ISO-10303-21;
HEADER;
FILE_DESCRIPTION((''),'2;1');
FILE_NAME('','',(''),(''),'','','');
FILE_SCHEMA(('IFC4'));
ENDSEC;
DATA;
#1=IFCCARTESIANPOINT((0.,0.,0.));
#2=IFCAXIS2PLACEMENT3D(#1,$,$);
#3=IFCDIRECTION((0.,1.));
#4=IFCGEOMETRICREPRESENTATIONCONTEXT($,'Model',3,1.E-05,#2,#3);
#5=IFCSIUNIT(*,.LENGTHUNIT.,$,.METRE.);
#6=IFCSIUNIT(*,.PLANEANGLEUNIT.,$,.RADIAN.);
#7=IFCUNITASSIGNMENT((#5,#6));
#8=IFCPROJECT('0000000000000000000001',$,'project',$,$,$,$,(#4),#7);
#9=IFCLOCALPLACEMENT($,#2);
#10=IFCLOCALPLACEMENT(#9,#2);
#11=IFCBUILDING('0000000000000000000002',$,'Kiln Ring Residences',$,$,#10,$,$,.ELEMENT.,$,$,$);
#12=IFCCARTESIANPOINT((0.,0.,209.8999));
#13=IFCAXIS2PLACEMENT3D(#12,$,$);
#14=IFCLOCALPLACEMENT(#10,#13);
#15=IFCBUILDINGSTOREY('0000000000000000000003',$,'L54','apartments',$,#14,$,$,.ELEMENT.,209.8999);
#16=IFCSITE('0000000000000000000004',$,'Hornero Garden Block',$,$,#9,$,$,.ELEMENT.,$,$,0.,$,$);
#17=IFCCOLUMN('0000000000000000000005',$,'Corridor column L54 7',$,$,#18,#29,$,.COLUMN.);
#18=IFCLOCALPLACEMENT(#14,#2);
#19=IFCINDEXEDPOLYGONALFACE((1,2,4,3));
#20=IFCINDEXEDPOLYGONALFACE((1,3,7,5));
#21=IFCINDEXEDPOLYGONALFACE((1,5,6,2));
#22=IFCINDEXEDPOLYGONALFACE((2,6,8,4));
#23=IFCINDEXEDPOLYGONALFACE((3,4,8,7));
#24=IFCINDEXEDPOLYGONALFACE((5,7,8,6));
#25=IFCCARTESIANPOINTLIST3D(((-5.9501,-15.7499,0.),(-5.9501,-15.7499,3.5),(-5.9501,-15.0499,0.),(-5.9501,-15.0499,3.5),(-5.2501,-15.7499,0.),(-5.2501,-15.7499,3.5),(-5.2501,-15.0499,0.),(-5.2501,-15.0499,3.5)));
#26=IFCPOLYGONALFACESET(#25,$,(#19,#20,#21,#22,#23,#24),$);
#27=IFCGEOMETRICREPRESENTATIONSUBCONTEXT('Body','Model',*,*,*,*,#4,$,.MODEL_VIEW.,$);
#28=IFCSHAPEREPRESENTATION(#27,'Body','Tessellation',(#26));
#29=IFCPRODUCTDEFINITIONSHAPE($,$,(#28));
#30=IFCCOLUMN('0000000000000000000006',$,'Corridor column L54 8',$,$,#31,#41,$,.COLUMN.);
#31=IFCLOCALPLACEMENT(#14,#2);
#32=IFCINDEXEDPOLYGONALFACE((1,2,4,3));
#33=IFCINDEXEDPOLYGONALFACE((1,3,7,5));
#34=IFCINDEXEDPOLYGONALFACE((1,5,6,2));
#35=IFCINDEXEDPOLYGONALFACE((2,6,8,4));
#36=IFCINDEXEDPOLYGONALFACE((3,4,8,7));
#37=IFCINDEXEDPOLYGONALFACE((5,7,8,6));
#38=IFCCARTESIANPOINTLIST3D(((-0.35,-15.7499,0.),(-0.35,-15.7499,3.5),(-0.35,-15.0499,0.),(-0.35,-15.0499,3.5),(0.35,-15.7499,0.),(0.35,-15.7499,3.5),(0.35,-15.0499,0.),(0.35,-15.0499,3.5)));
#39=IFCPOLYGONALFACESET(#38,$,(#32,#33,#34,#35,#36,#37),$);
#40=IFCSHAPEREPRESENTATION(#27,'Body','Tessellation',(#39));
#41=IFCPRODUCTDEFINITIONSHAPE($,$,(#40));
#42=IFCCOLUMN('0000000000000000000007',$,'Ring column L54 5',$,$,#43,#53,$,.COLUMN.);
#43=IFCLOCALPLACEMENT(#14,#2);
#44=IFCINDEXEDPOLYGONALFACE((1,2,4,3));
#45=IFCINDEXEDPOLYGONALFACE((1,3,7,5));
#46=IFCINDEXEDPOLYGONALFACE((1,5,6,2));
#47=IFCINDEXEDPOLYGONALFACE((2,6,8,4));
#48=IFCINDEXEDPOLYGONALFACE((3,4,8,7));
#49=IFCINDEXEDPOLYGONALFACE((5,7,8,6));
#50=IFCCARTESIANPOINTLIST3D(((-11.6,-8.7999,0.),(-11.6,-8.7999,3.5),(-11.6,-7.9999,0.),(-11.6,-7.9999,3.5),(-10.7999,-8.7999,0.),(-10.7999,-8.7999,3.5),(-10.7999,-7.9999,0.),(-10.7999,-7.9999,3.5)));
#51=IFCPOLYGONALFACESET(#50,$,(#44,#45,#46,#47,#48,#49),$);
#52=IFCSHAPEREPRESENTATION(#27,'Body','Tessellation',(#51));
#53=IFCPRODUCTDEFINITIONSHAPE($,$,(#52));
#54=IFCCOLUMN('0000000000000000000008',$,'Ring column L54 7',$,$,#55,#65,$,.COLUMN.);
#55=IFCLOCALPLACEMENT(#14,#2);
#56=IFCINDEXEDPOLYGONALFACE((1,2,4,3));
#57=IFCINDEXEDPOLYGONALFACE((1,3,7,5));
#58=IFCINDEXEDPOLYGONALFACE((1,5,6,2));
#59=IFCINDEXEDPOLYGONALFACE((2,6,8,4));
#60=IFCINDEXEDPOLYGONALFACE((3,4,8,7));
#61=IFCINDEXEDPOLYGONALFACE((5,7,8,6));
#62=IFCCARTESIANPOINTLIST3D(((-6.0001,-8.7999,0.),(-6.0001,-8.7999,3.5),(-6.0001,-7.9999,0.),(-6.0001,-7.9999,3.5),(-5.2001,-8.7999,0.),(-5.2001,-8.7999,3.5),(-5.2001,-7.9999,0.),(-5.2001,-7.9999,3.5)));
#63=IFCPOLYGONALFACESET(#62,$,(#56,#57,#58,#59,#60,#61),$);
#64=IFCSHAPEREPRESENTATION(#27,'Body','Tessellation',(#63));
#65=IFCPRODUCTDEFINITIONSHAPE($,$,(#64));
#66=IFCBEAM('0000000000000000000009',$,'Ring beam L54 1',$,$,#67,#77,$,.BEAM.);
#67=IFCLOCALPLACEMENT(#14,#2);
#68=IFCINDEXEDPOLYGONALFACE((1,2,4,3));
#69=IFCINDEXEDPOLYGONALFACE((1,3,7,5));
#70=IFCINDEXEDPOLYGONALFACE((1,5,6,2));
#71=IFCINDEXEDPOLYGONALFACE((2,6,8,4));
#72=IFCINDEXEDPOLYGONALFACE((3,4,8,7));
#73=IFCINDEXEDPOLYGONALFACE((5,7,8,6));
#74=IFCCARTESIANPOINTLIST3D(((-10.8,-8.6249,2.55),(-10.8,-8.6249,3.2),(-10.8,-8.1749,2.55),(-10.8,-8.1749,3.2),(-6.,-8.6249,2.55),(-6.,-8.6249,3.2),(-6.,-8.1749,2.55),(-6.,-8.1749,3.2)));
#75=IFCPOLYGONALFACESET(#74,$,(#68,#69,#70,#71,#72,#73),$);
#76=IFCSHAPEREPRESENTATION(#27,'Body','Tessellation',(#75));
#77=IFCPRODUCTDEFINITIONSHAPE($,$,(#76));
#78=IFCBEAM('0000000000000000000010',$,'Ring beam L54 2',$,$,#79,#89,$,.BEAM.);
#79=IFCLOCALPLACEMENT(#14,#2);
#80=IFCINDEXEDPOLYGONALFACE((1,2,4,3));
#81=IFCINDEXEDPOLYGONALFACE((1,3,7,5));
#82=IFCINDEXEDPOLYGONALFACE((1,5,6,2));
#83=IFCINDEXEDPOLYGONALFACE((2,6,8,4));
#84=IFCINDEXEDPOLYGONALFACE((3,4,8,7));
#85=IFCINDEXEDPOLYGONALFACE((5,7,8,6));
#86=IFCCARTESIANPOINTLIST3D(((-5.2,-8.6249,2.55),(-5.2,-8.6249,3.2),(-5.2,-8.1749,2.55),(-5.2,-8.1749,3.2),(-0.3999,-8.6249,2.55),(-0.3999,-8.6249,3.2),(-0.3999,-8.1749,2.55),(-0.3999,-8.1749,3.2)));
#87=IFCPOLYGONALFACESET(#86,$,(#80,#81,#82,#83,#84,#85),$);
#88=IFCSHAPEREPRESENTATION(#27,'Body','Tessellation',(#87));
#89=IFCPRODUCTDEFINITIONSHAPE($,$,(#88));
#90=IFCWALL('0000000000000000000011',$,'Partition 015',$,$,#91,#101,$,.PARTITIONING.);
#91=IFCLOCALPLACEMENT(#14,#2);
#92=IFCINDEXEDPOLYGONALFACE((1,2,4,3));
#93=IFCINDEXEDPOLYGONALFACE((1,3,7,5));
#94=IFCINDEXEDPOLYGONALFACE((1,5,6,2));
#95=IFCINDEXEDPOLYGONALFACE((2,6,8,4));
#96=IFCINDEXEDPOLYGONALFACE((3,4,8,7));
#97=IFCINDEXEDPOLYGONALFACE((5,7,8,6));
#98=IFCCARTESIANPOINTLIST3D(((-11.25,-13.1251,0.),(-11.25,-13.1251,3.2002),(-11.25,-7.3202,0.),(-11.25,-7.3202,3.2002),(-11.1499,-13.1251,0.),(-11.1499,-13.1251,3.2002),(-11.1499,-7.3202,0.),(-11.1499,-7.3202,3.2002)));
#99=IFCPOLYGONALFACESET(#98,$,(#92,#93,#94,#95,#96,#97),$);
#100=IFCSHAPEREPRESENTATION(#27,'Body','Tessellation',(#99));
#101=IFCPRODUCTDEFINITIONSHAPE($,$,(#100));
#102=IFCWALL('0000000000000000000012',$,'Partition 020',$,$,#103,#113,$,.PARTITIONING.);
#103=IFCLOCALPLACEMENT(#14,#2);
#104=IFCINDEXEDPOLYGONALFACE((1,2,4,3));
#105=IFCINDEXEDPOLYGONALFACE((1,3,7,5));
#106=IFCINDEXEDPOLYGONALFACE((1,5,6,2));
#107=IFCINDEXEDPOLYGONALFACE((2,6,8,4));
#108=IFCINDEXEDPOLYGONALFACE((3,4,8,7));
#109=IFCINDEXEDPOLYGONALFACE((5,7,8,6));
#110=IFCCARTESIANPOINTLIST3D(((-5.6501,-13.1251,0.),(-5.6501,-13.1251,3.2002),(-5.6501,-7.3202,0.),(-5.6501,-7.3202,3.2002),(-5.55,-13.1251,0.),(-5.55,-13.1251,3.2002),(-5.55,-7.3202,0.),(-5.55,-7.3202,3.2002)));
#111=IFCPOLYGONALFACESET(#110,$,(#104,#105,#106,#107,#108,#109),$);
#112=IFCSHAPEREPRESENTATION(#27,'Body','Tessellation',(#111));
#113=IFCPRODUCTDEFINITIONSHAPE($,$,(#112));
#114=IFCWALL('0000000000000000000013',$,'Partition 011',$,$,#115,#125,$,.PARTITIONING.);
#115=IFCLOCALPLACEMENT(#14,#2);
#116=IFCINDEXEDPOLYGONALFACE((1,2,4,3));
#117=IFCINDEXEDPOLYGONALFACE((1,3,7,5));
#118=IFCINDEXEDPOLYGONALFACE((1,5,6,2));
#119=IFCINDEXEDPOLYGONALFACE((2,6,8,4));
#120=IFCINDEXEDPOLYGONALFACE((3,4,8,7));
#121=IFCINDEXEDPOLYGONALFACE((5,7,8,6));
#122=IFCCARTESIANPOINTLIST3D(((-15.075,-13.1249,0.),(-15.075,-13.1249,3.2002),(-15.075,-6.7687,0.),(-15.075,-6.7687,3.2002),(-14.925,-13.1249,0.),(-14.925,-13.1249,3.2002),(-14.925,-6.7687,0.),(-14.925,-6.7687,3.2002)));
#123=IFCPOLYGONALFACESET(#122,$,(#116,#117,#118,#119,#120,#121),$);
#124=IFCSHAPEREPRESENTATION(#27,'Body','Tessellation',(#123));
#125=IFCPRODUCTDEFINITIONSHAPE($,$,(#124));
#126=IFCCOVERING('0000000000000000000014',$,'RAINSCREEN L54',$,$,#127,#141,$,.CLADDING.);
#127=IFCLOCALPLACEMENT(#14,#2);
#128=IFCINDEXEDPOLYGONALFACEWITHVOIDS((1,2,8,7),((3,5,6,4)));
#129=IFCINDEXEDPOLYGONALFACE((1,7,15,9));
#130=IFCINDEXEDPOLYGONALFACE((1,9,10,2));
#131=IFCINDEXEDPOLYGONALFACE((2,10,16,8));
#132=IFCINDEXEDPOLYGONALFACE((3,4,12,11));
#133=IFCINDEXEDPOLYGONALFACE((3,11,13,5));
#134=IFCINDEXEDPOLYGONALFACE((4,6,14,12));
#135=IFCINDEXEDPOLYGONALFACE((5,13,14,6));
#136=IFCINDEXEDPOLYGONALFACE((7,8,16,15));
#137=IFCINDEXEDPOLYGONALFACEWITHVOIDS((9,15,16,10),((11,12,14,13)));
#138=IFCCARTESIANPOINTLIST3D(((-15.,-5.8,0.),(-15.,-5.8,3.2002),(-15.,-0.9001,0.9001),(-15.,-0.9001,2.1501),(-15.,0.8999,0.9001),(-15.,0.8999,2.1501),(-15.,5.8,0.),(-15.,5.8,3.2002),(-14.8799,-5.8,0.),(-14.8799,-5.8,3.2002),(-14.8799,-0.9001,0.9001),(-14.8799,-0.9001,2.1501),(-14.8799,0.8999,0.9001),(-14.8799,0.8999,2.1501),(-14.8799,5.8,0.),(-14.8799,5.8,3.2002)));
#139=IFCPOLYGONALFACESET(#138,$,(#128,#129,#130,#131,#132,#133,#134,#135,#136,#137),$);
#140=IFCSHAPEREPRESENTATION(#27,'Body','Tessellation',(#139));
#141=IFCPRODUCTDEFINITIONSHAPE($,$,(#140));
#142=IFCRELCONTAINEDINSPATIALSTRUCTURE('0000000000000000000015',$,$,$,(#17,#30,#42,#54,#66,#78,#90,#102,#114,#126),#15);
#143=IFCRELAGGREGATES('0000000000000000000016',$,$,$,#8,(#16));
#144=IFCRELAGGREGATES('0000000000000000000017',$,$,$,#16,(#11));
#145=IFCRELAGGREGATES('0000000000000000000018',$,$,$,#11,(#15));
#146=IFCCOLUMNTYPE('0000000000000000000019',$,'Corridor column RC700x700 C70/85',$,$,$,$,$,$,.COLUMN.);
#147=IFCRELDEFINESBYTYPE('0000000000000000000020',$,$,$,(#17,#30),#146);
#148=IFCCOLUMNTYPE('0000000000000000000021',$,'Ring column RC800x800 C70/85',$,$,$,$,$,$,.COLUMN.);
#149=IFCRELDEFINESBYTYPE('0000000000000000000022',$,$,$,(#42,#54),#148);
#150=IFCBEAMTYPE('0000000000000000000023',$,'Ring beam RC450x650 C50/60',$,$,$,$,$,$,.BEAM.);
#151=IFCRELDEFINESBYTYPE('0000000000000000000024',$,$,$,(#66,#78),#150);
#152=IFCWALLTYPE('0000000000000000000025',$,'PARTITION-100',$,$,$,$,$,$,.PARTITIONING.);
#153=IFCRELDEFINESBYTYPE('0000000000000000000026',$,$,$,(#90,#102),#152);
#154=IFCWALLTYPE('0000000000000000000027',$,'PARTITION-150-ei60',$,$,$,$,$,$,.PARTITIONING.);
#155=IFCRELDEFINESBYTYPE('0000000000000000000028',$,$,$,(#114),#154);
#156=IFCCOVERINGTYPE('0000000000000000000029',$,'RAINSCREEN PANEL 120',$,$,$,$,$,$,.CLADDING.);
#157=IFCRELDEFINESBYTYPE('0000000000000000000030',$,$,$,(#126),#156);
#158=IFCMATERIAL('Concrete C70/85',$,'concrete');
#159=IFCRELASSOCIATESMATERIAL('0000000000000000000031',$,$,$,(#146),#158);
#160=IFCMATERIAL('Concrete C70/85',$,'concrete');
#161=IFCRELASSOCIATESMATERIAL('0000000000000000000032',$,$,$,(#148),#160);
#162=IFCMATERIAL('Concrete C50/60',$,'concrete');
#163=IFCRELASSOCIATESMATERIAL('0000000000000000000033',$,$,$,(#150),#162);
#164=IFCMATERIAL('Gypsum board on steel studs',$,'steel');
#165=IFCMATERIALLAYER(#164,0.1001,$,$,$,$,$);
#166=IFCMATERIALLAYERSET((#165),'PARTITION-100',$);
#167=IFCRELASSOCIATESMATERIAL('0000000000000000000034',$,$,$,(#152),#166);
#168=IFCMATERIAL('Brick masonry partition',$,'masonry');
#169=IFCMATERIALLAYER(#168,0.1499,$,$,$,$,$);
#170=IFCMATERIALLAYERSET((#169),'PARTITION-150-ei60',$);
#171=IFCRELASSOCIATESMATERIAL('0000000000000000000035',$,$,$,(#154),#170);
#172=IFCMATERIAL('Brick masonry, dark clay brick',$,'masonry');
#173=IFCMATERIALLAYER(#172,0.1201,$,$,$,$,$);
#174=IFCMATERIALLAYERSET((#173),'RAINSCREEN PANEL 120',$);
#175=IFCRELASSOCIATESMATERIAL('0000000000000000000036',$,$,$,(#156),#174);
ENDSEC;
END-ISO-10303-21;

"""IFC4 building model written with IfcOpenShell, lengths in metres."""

from ifc_helpers import new_model, si_unit, direction, frame, frame_2d, origin, origin_2d, place, context, subcontext, project, spatial, polyline, rectangle, outline, extrude, material, layer, layer_set, material_profile, profile_set, type_object, element, save


model = new_model("IFC4")

# Units and contexts
model_context = context("Model", 3, precision=1e-05, world=origin(), true_north=direction((0.0, 1.0)))
body_context = subcontext(model_context, "Body", "Model", "MODEL_VIEW")
ifc_project = project(units=[si_unit("LENGTHUNIT", "METRE"), si_unit("PLANEANGLEUNIT", "RADIAN")], contexts=[model_context])

# Site, building, storey
site_placement = place(None, origin())
site = spatial("IfcSite", under=ifc_project, at=site_placement, Name="Hornero Garden Block", CompositionType="ELEMENT", RefElevation=0.0)
building_placement = place(site_placement, origin())
building = spatial("IfcBuilding", under=site, at=building_placement, Name="Kiln Ring Residences", CompositionType="ELEMENT")
storey_placement = place(building_placement, frame((0.0, 0.0, 209.8999)))
storey = spatial("IfcBuildingStorey", under=building, at=storey_placement, Name="L54", Description="apartments", CompositionType="ELEMENT", Elevation=209.8999)

# Columns
ifc_material_1 = material(Name="Concrete C70/85", Category="concrete")
ifc_material_profile_1 = material_profile(ifc_material_1, rectangle(XDim=0.7, YDim=0.7, at=origin_2d()), Name="RC700x700")
ifc_profile_set_1 = profile_set([ifc_material_profile_1], Name="Concrete C70/85")
column_type_1 = type_object("IfcColumnType", Name="Corridor column RC700x700 C70/85", PredefinedType="COLUMN", material=ifc_profile_set_1)
for number, where, z_axis, x_axis, name in (
    (1, (-5.6001, -15.3999, 0.0), (0.0, 0.0, 1.0), (1.0, 0.0, 0.0), "Corridor column L54 7"),
    (2, (0.0, -15.3999, 0.0), (0.0, 0.0, 1.0), (1.0, 0.0, 0.0), "Corridor column L54 8"),
):
    element("IfcColumn", number, at=place(storey_placement, frame(where, z_axis=z_axis, x_axis=x_axis)), inside=storey, type_object=column_type_1, Name=name, PredefinedType="COLUMN", context=body_context, shape_type="SweptSolid", body=[
        extrude(rectangle(XDim=0.7, YDim=0.7, at=origin_2d()), origin(), (0.0, 0.0, 1.0), 3.5),
    ])
ifc_material_2 = material(Name="Concrete C70/85", Category="concrete")
ifc_material_profile_2 = material_profile(ifc_material_2, rectangle(XDim=0.8, YDim=0.8, at=origin_2d()), Name="RC800x800")
ifc_profile_set_2 = profile_set([ifc_material_profile_2], Name="Concrete C70/85")
column_type_2 = type_object("IfcColumnType", Name="Ring column RC800x800 C70/85", PredefinedType="COLUMN", material=ifc_profile_set_2)
for number, where, z_axis, x_axis, name in (
    (3, (-11.2, -8.3999, 0.0), (0.0, 0.0, 1.0), (1.0, 0.0, 0.0), "Ring column L54 5"),
    (4, (-5.6001, -8.3999, 0.0), (0.0, 0.0, 1.0), (1.0, 0.0, 0.0), "Ring column L54 7"),
):
    element("IfcColumn", number, at=place(storey_placement, frame(where, z_axis=z_axis, x_axis=x_axis)), inside=storey, type_object=column_type_2, Name=name, PredefinedType="COLUMN", context=body_context, shape_type="SweptSolid", body=[
        extrude(rectangle(XDim=0.8, YDim=0.8, at=origin_2d()), origin(), (0.0, 0.0, 1.0), 3.5),
    ])

# Beams
ifc_material_3 = material(Name="Concrete C50/60", Category="concrete")
ifc_material_profile_3 = material_profile(ifc_material_3, rectangle(XDim=0.45, YDim=0.6499, at=origin_2d()), Name="RC450x650")
ifc_profile_set_3 = profile_set([ifc_material_profile_3], Name="Concrete C50/60")
beam_type = type_object("IfcBeamType", Name="Ring beam RC450x650 C50/60", PredefinedType="BEAM", material=ifc_profile_set_3)
for number, where, z_axis, x_axis, name in (
    (5, (-10.8, -8.3999, 2.875), (1.0, 0.0, 0.0), (0.0, 1.0, 0.0), "Ring beam L54 1"),
    (6, (-5.2, -8.3999, 2.875), (1.0, 0.0, 0.0), (0.0, 1.0, 0.0), "Ring beam L54 2"),
):
    element("IfcBeam", number, at=place(storey_placement, frame(where, z_axis=z_axis, x_axis=x_axis)), inside=storey, type_object=beam_type, Name=name, PredefinedType="BEAM", context=body_context, shape_type="SweptSolid", body=[
        extrude(rectangle(XDim=0.45, YDim=0.6499, at=origin_2d()), origin(), (0.0, 0.0, 1.0), 4.8),
    ])

# Walls
ifc_material_4 = material(Name="Gypsum board on steel studs", Category="steel")
ifc_layer_1 = layer(ifc_material_4, 0.1001)
ifc_layer_set_1 = layer_set([ifc_layer_1], Name="PARTITION-100")
wall_type_1 = type_object("IfcWallType", Name="PARTITION-100", PredefinedType="PARTITIONING", material=ifc_layer_set_1)
for number, where, z_axis, x_axis, name in (
    (7, (-11.2, -13.125, 0.0), (0.0, 0.0, 1.0), (0.0, 1.0, 0.0), "Partition 015"),
    (8, (-5.6001, -13.125, 0.0), (0.0, 0.0, 1.0), (0.0, 1.0, 0.0), "Partition 020"),
):
    element("IfcWall", number, at=place(storey_placement, frame(where, z_axis=z_axis, x_axis=x_axis)), inside=storey, type_object=wall_type_1, Name=name, PredefinedType="PARTITIONING", context=body_context, shape_type="SweptSolid", body=[
        extrude(rectangle(XDim=5.8049, YDim=0.1001, at=frame_2d((2.9023, 0.0))), origin(), (0.0, 0.0, 1.0), 3.2002),
    ])
ifc_material_5 = material(Name="Brick masonry partition", Category="masonry")
ifc_layer_2 = layer(ifc_material_5, 0.1499)
ifc_layer_set_2 = layer_set([ifc_layer_2], Name="PARTITION-150-ei60")
wall_type_2 = type_object("IfcWallType", Name="PARTITION-150-ei60", PredefinedType="PARTITIONING", material=ifc_layer_set_2)
wall_placement = place(storey_placement, frame((-15.0, -13.125, 0.0), z_axis=(0.0, 0.0, 1.0), x_axis=(0.0, 1.0, 0.0)))
element("IfcWall", 9, at=wall_placement, inside=storey, type_object=wall_type_2, Name="Partition 011", PredefinedType="PARTITIONING", context=body_context, shape_type="SweptSolid", body=[
    extrude(rectangle(XDim=6.3562, YDim=0.1499, at=frame_2d((3.1782, 0.0))), origin(), (0.0, 0.0, 1.0), 3.2002),
])

# Covering
ifc_material_6 = material(Name="Brick masonry, dark clay brick", Category="masonry")
ifc_layer_3 = layer(ifc_material_6, 0.1201)
ifc_layer_set_3 = layer_set([ifc_layer_3], Name="RAINSCREEN PANEL 120")
covering_type = type_object("IfcCoveringType", Name="RAINSCREEN PANEL 120", PredefinedType="CLADDING", material=ifc_layer_set_3)
covering_placement = place(storey_placement, frame((-14.9399, -5.8, 0.0), z_axis=(0.0, 0.0, 1.0), x_axis=(0.0, 1.0, 0.0)))
element("IfcCovering", 10, at=covering_placement, inside=storey, type_object=covering_type, Name="RAINSCREEN L54", PredefinedType="CLADDING", context=body_context, shape_type="SweptSolid", body=[
    extrude(outline(polyline([(0.0, 0.0), (11.6001, 0.0), (11.6001, 3.2002), (0.0, 3.2002), (0.0, 0.0)]), holes=[polyline([(4.8999, 2.1501), (4.8999, 0.9001), (6.7, 0.9001), (6.7, 2.1501), (4.8999, 2.1501)])]), frame((0.0, 0.0601, 0.0), z_axis=(0.0, -1.0, 0.0), x_axis=(1.0, 0.0, 0.0)), (0.0, 0.0, 1.0), 0.1201),
])

save(model, "model.ifc")
